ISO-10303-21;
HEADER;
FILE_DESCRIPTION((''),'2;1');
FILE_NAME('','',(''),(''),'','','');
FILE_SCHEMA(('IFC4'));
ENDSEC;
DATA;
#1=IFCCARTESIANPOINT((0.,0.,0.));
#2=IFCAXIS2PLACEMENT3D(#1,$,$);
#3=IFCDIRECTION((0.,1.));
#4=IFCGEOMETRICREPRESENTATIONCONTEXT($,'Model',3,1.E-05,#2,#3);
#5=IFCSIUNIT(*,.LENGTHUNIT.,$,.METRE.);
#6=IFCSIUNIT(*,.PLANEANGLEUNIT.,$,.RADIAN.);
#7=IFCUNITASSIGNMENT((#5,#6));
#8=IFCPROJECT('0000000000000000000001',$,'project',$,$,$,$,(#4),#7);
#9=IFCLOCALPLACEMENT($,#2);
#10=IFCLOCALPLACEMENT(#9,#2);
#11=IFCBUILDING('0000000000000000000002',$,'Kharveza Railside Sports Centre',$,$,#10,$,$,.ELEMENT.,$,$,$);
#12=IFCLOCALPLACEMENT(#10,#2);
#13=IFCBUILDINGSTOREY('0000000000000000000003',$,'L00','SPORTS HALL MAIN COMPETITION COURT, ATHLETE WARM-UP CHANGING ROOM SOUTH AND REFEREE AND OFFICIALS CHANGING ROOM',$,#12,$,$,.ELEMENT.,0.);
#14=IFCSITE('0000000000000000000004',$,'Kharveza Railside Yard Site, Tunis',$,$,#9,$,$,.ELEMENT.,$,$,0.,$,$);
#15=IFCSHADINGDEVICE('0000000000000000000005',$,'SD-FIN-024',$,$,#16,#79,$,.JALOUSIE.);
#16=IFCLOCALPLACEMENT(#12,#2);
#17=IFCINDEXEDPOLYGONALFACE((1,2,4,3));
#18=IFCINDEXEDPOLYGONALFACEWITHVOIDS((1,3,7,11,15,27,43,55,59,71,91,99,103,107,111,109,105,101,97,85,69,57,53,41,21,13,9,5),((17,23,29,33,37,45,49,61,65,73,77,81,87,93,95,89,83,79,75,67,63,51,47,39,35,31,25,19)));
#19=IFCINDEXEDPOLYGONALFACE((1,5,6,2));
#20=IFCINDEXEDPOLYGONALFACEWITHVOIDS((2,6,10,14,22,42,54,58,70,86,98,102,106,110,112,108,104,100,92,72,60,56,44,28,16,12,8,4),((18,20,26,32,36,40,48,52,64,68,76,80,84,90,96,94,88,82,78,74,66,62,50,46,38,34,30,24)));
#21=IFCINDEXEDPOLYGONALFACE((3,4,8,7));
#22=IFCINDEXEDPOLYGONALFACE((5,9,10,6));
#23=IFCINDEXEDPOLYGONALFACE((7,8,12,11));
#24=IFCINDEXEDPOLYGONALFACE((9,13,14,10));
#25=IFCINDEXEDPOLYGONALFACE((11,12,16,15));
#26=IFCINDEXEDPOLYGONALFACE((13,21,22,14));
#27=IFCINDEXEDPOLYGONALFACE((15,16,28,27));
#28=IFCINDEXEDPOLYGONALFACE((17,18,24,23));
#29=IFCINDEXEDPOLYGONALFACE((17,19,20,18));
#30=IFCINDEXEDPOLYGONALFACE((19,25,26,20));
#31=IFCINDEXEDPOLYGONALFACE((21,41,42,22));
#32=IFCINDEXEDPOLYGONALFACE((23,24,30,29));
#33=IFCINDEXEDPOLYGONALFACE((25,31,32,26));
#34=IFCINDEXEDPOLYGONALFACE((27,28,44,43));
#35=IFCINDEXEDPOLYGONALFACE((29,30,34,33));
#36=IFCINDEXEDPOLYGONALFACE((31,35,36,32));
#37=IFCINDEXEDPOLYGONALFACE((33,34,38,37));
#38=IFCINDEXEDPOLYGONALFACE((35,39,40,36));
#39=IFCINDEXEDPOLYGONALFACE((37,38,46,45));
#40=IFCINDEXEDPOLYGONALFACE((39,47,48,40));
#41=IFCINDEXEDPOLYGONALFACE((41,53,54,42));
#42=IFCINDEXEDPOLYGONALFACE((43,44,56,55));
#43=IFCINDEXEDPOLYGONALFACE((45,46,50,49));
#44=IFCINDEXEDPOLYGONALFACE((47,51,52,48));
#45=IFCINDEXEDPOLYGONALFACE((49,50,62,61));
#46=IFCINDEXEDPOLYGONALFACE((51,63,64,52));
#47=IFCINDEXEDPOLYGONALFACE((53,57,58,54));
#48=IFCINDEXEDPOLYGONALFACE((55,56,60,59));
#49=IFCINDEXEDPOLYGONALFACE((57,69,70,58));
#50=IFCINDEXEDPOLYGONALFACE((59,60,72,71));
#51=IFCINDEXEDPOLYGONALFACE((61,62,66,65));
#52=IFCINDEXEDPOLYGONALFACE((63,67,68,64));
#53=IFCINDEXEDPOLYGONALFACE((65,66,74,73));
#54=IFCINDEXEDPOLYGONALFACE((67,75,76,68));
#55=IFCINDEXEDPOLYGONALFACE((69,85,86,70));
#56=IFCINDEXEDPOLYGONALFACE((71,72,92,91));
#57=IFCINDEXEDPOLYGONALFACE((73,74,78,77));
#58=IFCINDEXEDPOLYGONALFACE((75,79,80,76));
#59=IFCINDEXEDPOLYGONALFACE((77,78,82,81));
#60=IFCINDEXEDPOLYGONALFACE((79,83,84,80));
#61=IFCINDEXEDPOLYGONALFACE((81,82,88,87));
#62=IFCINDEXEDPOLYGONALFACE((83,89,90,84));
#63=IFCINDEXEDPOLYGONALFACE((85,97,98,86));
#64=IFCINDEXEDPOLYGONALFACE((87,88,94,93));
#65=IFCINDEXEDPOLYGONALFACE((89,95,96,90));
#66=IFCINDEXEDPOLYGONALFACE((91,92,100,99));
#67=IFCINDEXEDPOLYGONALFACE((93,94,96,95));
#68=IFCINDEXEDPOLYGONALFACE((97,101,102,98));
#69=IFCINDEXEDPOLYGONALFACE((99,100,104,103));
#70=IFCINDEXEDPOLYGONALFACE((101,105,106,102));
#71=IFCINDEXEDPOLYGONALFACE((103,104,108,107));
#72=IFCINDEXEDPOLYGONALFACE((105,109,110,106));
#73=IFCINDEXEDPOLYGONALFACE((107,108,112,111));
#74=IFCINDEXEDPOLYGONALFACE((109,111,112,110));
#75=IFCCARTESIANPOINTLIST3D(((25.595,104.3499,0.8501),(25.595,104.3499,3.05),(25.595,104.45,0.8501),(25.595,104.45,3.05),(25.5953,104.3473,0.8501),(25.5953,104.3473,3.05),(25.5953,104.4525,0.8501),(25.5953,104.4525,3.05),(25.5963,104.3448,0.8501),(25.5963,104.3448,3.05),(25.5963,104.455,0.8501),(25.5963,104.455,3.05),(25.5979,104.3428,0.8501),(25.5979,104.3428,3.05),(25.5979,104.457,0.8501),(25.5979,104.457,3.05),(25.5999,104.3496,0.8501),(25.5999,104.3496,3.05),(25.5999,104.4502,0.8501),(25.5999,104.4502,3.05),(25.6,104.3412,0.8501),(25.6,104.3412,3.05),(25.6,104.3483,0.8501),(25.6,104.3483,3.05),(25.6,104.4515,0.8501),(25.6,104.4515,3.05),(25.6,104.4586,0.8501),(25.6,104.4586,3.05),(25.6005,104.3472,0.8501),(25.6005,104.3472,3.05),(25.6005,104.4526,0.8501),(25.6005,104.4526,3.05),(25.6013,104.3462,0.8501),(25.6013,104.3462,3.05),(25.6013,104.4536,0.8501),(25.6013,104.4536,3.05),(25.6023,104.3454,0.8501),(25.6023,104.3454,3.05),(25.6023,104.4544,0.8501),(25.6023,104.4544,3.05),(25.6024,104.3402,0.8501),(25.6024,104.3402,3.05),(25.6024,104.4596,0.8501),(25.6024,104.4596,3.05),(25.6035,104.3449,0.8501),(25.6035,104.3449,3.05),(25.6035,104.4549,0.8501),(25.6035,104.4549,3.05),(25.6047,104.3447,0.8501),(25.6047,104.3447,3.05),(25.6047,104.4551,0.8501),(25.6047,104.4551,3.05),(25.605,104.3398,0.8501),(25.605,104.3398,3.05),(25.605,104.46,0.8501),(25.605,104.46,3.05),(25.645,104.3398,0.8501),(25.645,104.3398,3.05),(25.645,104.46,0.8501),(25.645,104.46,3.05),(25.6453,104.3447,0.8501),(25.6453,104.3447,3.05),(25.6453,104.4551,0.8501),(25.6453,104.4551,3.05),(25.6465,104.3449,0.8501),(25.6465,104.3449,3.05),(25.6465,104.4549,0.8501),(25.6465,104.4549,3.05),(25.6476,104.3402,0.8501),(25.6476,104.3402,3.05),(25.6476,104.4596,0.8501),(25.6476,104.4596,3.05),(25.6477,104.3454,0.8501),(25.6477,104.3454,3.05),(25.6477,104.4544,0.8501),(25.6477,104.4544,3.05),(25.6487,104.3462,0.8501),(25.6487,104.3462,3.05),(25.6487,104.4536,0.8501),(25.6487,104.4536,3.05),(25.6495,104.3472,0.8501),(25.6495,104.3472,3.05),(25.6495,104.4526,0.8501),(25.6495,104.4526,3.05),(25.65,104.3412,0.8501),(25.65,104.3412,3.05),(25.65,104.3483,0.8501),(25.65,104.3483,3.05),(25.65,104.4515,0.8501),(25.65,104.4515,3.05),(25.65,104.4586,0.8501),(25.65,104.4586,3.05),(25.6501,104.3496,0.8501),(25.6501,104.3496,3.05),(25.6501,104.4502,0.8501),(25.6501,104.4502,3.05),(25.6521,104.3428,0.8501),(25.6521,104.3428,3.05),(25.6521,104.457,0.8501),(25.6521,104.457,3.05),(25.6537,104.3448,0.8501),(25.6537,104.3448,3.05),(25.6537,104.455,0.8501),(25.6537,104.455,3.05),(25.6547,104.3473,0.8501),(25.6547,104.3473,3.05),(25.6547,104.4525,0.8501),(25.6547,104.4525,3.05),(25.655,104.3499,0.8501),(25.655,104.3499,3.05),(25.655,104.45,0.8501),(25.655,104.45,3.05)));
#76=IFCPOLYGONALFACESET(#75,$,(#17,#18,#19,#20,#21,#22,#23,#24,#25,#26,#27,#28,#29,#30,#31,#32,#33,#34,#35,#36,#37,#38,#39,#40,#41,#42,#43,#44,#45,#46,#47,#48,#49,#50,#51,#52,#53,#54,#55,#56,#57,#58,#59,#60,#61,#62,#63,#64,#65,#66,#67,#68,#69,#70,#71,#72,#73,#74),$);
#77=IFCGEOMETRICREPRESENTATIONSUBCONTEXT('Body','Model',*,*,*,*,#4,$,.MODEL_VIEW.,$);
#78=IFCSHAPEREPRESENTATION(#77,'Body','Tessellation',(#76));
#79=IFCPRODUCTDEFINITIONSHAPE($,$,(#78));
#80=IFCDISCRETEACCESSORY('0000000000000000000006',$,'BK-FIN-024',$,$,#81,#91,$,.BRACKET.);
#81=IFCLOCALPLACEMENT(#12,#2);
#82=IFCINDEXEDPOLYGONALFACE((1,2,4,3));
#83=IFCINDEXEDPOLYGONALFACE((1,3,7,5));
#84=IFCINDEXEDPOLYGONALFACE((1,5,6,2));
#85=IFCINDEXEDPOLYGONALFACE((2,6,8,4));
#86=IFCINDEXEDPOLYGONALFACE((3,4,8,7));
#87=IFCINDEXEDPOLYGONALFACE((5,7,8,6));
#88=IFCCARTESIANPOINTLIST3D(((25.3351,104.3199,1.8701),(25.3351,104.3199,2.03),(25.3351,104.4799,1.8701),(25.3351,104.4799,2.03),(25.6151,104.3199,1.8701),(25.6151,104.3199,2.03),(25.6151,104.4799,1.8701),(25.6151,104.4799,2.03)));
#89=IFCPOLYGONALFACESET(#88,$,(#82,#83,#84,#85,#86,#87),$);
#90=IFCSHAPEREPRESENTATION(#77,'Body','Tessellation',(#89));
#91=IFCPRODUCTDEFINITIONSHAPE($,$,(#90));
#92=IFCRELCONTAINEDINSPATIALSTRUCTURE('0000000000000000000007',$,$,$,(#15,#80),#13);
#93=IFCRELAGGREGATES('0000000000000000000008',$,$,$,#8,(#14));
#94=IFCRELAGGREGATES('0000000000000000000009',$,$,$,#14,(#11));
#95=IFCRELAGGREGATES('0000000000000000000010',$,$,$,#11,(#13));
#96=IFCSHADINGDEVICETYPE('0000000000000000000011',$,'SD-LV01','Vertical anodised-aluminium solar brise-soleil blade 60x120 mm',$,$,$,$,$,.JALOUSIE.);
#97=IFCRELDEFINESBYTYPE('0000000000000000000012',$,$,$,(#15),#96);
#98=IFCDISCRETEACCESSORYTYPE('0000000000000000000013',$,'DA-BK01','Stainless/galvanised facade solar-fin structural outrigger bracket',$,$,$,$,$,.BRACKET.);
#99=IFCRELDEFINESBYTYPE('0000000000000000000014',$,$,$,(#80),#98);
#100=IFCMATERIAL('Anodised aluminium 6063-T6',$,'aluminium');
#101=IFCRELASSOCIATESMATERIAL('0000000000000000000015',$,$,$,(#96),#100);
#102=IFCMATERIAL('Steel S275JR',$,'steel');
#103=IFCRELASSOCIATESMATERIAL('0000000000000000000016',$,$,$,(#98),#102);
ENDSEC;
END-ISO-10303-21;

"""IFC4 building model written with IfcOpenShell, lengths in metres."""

from ifc_helpers import new_model, si_unit, direction, frame, origin, origin_2d, place, context, subcontext, project, spatial, rectangle, hollow_rectangle, extrude, material, material_profile, profile_set, type_object, element, save


model = new_model("IFC4")

# Units and contexts
model_context = context("Model", 3, precision=1e-05, world=origin(), true_north=direction((0.0, 1.0)))
body_context = subcontext(model_context, "Body", "Model", "MODEL_VIEW")
ifc_project = project(units=[si_unit("LENGTHUNIT", "METRE"), si_unit("PLANEANGLEUNIT", "RADIAN")], contexts=[model_context])

# Site, building, storey
site_placement = place(None, origin())
site = spatial("IfcSite", under=ifc_project, at=site_placement, Name="Kharveza Railside Yard Site, Tunis", CompositionType="ELEMENT", RefElevation=0.0)
building_placement = place(site_placement, origin())
building = spatial("IfcBuilding", under=site, at=building_placement, Name="Kharveza Railside Sports Centre", CompositionType="ELEMENT")
storey_placement = place(building_placement, origin())
storey = spatial("IfcBuildingStorey", under=building, at=storey_placement, Name="L00", Description="SPORTS HALL MAIN COMPETITION COURT, ATHLETE WARM-UP CHANGING ROOM SOUTH AND REFEREE AND OFFICIALS CHANGING ROOM", CompositionType="ELEMENT", Elevation=0.0)

# Shading device
ifc_material_1 = material(Name="Anodised aluminium 6063-T6", Category="aluminium")
ifc_material_profile_1 = material_profile(ifc_material_1, hollow_rectangle(XDim=0.0601, YDim=0.1201, WallThickness=0.0049, InnerFilletRadius=0.0049, OuterFilletRadius=0.01, at=origin_2d()), Name="RHS 60x120x5.0")
ifc_profile_set_1 = profile_set([ifc_material_profile_1], Name="Anodised aluminium 6063-T6")
shading_device_type = type_object("IfcShadingDeviceType", Name="SD-LV01", Description="Vertical anodised-aluminium solar brise-soleil blade 60x120 mm", PredefinedType="JALOUSIE", material=ifc_profile_set_1)
shading_device_placement = place(storey_placement, frame((25.625, 104.3999, 0.8501), z_axis=(0.0, 0.0, 1.0), x_axis=(1.0, 0.0, 0.0)))
element("IfcShadingDevice", 1, at=shading_device_placement, inside=storey, type_object=shading_device_type, Name="SD-FIN-024", PredefinedType="JALOUSIE", context=body_context, shape_type="SweptSolid", body=[
    extrude(hollow_rectangle(XDim=0.0601, YDim=0.1201, WallThickness=0.0049, InnerFilletRadius=0.0049, OuterFilletRadius=0.01, at=origin_2d()), origin(), (0.0, 0.0, 1.0), 2.2),
])

# Discrete accessory
ifc_material_2 = material(Name="Steel S275JR", Category="steel")
discrete_accessory_type = type_object("IfcDiscreteAccessoryType", Name="DA-BK01", Description="Stainless/galvanised facade solar-fin structural outrigger bracket", PredefinedType="BRACKET", material=ifc_material_2)
discrete_accessory_placement = place(storey_placement, frame((25.4751, 104.3999, 1.8701), z_axis=(0.0, 0.0, 1.0), x_axis=(1.0, 0.0, 0.0)))
element("IfcDiscreteAccessory", 2, at=discrete_accessory_placement, inside=storey, type_object=discrete_accessory_type, Name="BK-FIN-024", PredefinedType="BRACKET", context=body_context, shape_type="SweptSolid", body=[
    extrude(rectangle(XDim=0.28, YDim=0.1599, at=origin_2d()), origin(), (0.0, 0.0, 1.0), 0.1599),
])

save(model, "model.ifc")
